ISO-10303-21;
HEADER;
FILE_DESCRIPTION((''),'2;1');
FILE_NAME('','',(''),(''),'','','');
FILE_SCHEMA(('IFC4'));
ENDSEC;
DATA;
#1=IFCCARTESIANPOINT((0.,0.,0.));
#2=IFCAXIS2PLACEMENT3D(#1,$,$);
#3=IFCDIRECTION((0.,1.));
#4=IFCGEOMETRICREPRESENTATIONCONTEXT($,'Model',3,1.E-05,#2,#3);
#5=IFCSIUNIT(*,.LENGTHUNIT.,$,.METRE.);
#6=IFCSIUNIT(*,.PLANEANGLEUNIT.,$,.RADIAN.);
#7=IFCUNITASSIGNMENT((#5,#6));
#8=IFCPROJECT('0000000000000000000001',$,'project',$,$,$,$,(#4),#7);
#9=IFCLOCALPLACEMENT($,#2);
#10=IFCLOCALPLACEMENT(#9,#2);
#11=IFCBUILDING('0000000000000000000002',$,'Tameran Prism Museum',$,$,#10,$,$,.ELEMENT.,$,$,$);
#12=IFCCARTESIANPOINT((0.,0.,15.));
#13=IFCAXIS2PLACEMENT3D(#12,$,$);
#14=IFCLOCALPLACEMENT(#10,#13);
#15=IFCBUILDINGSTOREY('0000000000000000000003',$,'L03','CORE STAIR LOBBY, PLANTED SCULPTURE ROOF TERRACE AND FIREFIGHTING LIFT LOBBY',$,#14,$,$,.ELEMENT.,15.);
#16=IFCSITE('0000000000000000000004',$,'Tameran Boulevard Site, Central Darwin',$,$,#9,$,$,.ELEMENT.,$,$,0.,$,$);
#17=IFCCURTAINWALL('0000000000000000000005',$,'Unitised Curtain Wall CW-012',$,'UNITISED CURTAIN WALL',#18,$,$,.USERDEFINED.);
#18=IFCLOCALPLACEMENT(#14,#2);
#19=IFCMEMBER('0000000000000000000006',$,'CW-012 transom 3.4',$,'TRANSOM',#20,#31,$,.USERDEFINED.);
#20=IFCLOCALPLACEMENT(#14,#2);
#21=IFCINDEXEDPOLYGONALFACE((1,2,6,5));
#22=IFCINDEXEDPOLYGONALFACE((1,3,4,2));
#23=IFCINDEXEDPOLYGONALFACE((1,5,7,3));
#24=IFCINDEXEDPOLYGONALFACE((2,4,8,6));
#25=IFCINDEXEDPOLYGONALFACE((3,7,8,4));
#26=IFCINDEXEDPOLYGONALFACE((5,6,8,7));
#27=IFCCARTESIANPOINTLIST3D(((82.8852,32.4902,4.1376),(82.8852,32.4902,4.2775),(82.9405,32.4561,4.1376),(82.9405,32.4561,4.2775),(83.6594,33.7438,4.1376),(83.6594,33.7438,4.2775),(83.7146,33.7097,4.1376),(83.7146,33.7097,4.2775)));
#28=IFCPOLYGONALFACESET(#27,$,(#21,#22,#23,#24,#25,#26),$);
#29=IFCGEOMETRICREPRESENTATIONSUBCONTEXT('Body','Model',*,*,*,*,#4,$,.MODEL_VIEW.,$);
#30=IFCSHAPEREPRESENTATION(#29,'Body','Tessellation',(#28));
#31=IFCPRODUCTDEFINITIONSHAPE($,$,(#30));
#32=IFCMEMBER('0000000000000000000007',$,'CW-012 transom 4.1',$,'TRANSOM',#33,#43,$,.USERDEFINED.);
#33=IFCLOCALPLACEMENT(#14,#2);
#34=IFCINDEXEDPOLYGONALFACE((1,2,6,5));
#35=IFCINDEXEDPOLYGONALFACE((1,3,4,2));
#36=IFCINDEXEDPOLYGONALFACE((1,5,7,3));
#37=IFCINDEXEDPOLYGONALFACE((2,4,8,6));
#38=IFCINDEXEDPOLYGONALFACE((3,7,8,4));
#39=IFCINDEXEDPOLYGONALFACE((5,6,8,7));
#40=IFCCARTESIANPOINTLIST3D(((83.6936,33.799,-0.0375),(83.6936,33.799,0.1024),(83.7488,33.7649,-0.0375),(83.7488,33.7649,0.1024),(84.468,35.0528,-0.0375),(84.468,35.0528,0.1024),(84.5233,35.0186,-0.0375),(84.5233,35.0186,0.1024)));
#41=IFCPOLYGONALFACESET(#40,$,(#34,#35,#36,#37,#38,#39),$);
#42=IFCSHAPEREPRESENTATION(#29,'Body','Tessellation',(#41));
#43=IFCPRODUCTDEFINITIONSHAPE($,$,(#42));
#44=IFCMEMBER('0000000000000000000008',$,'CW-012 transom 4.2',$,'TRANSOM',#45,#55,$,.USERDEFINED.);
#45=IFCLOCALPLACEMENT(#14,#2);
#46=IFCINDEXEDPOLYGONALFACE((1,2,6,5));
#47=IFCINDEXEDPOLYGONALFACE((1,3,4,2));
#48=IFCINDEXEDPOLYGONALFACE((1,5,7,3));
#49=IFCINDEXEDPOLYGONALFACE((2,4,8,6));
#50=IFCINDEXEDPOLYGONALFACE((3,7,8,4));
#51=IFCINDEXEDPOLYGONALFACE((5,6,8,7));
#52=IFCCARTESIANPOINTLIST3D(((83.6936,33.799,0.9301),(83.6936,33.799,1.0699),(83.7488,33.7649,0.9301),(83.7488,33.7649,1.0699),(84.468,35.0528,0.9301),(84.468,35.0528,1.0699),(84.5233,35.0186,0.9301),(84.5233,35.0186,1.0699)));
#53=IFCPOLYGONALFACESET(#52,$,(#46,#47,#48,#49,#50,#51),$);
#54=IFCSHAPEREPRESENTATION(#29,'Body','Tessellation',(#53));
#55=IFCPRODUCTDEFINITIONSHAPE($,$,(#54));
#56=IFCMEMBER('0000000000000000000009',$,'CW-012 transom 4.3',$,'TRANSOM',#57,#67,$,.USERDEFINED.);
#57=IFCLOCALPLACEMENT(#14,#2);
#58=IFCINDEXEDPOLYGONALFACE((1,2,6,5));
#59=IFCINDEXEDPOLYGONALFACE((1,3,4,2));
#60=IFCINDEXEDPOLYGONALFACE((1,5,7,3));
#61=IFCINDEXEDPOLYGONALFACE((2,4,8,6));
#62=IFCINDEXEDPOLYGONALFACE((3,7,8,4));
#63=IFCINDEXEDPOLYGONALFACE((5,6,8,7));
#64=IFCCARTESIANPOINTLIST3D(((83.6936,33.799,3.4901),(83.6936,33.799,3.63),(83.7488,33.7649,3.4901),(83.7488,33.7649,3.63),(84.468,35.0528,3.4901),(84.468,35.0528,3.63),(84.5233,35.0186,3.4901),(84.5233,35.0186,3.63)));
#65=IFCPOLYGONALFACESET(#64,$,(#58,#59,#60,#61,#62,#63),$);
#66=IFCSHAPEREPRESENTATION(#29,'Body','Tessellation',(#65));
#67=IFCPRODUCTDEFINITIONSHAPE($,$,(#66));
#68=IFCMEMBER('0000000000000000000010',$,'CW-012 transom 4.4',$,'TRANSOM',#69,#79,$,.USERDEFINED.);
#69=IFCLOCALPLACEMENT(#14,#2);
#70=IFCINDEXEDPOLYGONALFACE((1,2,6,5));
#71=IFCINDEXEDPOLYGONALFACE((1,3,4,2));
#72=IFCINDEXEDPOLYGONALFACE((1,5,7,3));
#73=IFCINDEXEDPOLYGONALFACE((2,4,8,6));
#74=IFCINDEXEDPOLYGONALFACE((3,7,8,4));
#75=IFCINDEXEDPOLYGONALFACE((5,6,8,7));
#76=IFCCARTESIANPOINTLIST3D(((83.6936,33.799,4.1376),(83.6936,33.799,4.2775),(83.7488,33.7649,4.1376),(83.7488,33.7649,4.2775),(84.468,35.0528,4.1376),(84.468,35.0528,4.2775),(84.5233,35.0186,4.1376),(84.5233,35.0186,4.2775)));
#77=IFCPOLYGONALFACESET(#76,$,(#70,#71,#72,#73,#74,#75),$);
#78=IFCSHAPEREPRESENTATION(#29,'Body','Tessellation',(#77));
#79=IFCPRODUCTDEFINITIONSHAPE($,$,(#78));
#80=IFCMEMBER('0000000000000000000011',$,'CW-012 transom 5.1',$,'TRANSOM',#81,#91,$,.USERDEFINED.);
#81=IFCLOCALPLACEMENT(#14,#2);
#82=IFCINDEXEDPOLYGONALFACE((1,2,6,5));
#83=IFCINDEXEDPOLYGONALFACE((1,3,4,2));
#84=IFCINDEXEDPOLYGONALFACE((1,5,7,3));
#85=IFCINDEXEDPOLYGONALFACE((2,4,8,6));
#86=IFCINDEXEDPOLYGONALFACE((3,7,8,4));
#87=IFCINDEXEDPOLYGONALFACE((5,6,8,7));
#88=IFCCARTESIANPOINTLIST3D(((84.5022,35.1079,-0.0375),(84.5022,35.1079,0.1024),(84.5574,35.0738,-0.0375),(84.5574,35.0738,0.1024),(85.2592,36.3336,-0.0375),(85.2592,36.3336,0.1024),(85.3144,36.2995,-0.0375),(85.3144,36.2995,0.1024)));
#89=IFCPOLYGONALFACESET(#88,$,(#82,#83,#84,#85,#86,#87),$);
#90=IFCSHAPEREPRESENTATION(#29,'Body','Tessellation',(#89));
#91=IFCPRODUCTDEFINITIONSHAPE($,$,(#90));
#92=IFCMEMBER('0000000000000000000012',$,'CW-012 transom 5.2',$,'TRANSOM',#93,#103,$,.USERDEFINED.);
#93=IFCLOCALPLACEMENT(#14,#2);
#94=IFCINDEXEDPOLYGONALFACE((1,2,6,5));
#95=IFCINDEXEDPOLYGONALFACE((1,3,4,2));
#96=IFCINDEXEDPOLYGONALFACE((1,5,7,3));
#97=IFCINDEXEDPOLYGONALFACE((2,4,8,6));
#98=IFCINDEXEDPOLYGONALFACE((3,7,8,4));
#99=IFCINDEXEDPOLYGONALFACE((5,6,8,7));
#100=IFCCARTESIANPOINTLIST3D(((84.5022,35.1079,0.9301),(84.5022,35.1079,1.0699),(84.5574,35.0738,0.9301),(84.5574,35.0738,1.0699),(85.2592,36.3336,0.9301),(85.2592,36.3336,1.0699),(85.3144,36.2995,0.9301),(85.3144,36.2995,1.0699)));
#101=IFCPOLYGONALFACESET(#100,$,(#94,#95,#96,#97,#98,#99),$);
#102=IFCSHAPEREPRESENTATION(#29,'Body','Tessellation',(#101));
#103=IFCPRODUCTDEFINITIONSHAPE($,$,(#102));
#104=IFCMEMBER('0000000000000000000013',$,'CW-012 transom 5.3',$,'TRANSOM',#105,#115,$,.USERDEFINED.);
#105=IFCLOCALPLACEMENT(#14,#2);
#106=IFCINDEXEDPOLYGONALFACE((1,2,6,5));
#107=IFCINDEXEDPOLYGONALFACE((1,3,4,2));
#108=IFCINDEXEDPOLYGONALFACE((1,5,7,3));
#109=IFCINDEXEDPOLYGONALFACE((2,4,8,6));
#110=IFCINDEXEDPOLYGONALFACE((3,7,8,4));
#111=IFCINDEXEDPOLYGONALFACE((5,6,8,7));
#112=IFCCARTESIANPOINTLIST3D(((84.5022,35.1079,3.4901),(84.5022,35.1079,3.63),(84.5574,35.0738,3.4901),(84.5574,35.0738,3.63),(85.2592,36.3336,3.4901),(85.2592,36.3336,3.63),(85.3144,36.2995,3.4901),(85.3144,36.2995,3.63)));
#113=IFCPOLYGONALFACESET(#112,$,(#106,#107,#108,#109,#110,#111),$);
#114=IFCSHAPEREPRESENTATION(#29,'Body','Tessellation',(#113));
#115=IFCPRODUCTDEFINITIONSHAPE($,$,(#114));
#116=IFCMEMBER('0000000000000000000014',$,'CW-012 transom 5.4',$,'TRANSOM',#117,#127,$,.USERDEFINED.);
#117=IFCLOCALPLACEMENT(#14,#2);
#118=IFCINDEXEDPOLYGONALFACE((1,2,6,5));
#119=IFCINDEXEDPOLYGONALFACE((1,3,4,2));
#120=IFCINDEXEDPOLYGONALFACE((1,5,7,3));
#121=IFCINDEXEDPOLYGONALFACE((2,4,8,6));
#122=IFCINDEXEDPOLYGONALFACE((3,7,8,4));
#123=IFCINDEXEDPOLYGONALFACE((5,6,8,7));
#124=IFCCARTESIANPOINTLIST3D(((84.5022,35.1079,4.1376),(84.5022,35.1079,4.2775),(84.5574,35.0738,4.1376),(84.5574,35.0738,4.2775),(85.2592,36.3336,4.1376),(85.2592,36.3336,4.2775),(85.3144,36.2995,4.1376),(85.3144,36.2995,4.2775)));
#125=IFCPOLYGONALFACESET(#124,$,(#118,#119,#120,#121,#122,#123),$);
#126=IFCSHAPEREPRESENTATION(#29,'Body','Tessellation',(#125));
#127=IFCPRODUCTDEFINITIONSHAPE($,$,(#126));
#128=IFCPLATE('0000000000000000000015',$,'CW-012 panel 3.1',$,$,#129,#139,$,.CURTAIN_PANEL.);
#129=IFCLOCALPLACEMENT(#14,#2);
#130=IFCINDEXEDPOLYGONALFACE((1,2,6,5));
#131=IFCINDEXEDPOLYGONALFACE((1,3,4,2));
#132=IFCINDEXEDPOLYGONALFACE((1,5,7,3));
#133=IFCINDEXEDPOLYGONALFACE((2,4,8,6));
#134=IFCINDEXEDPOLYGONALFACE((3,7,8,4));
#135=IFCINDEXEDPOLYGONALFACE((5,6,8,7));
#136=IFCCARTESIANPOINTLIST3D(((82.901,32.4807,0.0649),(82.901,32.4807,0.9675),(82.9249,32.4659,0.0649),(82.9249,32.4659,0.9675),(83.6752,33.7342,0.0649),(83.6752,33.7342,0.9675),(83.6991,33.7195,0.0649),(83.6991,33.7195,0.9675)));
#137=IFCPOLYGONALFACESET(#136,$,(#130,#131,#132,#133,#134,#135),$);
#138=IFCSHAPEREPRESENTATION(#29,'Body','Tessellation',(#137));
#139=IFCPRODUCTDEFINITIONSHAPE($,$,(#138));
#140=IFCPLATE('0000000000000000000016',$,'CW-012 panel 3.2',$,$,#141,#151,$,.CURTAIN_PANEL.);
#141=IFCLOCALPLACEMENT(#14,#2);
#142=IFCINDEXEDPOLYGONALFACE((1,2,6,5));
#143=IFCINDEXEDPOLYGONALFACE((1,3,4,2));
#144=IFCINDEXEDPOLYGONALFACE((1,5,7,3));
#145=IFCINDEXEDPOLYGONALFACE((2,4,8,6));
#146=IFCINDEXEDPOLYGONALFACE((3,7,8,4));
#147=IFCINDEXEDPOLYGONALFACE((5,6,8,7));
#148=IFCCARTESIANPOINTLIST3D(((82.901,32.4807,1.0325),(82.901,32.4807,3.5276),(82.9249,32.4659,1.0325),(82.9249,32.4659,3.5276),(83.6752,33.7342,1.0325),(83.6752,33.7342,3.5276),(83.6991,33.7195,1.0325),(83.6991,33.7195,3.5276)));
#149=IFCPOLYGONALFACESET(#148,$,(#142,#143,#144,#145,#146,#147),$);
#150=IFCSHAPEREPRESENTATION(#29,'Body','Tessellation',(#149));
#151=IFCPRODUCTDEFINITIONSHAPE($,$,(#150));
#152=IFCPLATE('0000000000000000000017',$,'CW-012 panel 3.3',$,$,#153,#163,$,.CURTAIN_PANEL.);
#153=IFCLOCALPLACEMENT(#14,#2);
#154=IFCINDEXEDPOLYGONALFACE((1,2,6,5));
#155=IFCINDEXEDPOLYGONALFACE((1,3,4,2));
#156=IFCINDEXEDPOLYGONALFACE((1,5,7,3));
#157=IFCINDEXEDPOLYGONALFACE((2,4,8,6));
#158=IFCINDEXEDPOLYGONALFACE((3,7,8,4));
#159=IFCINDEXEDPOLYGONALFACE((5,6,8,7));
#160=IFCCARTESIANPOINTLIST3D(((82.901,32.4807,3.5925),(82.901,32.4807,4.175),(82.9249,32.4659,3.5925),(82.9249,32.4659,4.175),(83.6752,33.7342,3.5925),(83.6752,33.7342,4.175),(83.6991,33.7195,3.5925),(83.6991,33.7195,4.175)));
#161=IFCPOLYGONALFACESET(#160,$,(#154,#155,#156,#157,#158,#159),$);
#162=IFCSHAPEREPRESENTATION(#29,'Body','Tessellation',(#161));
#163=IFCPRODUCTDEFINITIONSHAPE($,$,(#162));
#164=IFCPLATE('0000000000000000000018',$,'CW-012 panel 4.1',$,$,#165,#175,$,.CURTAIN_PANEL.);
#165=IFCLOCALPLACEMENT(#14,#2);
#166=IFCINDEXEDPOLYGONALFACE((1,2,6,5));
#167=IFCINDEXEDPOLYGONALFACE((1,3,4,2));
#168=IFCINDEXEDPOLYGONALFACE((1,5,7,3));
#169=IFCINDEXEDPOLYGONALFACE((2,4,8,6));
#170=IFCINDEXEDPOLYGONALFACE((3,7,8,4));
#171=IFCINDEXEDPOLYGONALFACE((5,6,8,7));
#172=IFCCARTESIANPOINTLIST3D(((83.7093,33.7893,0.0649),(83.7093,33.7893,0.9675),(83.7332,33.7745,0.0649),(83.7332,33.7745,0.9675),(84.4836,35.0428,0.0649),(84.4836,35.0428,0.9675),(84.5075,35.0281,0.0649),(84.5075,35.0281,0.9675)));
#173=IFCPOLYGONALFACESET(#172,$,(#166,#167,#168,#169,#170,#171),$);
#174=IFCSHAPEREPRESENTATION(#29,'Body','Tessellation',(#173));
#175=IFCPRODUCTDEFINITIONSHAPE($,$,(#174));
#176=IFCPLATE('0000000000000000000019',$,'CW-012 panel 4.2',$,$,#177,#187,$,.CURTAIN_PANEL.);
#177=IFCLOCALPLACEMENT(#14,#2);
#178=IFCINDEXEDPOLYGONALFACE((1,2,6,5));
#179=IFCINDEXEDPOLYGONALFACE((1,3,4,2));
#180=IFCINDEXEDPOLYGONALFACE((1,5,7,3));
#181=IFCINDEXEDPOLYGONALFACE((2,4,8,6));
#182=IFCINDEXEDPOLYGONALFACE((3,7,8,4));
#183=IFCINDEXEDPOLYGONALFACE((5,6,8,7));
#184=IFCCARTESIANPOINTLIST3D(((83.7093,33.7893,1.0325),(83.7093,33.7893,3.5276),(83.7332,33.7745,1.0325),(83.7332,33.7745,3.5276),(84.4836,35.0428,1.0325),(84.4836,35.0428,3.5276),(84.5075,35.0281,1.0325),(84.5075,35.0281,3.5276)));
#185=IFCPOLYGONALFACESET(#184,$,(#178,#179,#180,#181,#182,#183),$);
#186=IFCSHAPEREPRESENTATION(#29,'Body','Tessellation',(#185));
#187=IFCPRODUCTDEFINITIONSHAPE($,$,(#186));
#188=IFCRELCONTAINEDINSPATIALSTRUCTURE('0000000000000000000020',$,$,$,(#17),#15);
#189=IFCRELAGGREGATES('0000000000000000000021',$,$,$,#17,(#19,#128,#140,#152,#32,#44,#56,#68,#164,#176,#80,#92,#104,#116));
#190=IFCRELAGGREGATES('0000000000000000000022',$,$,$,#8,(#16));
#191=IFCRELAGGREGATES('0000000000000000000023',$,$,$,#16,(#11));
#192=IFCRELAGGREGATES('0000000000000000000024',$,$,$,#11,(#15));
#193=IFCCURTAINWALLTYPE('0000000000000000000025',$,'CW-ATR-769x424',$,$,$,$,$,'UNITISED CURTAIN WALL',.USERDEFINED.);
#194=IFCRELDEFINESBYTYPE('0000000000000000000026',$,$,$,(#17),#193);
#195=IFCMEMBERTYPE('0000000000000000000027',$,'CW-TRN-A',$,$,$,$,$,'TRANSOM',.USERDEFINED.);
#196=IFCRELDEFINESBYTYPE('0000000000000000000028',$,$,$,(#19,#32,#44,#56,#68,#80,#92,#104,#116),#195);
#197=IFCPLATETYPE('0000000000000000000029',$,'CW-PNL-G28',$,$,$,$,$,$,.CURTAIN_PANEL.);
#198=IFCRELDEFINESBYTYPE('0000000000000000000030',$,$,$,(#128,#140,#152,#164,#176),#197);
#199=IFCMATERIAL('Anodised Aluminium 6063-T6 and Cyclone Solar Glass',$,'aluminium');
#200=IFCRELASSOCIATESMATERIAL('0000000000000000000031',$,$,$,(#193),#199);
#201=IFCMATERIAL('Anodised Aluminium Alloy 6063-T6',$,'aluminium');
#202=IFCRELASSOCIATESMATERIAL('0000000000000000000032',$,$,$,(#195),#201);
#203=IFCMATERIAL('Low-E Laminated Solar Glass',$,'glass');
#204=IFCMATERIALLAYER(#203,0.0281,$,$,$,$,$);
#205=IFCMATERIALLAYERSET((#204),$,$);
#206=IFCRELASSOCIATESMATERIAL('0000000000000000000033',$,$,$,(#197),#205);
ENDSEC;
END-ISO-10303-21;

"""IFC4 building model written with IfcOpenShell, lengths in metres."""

from ifc_helpers import new_model, si_unit, direction, frame, origin, origin_2d, place, context, subcontext, project, spatial, rectangle, extrude, material, layer, layer_set, material_profile, profile_set, type_object, element, aggregate, save


model = new_model("IFC4")

# Units and contexts
model_context = context("Model", 3, precision=1e-05, world=origin(), true_north=direction((0.0, 1.0)))
body_context = subcontext(model_context, "Body", "Model", "MODEL_VIEW")
ifc_project = project(units=[si_unit("LENGTHUNIT", "METRE"), si_unit("PLANEANGLEUNIT", "RADIAN")], contexts=[model_context])

# Site, building, storey
site_placement = place(None, origin())
site = spatial("IfcSite", under=ifc_project, at=site_placement, Name="Tameran Boulevard Site, Central Darwin", CompositionType="ELEMENT", RefElevation=0.0)
building_placement = place(site_placement, origin())
building = spatial("IfcBuilding", under=site, at=building_placement, Name="Tameran Prism Museum", CompositionType="ELEMENT")
storey_placement = place(building_placement, frame((0.0, 0.0, 15.0)))
storey = spatial("IfcBuildingStorey", under=building, at=storey_placement, Name="L03", Description="CORE STAIR LOBBY, PLANTED SCULPTURE ROOF TERRACE AND FIREFIGHTING LIFT LOBBY", CompositionType="ELEMENT", Elevation=15.0)

# Curtain wall, members, plates
ifc_material_1 = material(Name="Anodised Aluminium 6063-T6 and Cyclone Solar Glass", Category="aluminium")
curtain_wall_type = type_object("IfcCurtainWallType", Name="CW-ATR-769x424", ElementType="UNITISED CURTAIN WALL", PredefinedType="USERDEFINED", material=ifc_material_1)
curtain_wall_placement = place(storey_placement, origin())
curtain_wall = element("IfcCurtainWall", 1, at=curtain_wall_placement, inside=storey, type_object=curtain_wall_type, Name="Unitised Curtain Wall CW-012", ObjectType="UNITISED CURTAIN WALL", PredefinedType="USERDEFINED")
ifc_material_2 = material(Name="Anodised Aluminium Alloy 6063-T6", Category="aluminium")
ifc_material_profile_1 = material_profile(ifc_material_2, rectangle(XDim=0.0649, YDim=0.1399, at=origin_2d()))
ifc_profile_set_1 = profile_set([ifc_material_profile_1])
member_type_1 = type_object("IfcMemberType", Name="CW-TRN-A", ElementType="TRANSOM", PredefinedType="USERDEFINED", material=ifc_profile_set_1)
member_1_placement = place(storey_placement, frame((82.9128, 32.4731, 4.2075), z_axis=(0.525419, 0.850844, 0.0), x_axis=(-0.850844, 0.525419, 0.0)))
member_1 = element("IfcMember", 2, at=member_1_placement, type_object=member_type_1, Name="CW-012 transom 3.4", ObjectType="TRANSOM", PredefinedType="USERDEFINED", context=body_context, shape_type="SweptSolid", body=[
    extrude(rectangle(XDim=0.0649, YDim=0.1399, at=origin_2d()), origin(), (0.0, 0.0, 1.0), 1.4734),
])
member_2_placement = place(storey_placement, frame((83.7212, 33.782, 0.0325), z_axis=(0.525539, 0.85077, 0.0), x_axis=(-0.85077, 0.525539, 0.0)))
member_2 = element("IfcMember", 3, at=member_2_placement, type_object=member_type_1, Name="CW-012 transom 4.1", ObjectType="TRANSOM", PredefinedType="USERDEFINED", context=body_context, shape_type="SweptSolid", body=[
    extrude(rectangle(XDim=0.0649, YDim=0.1399, at=origin_2d()), origin(), (0.0, 0.0, 1.0), 1.4736),
])
member_3_placement = place(storey_placement, frame((83.7212, 33.782, 1.0), z_axis=(0.525539, 0.85077, 0.0), x_axis=(-0.85077, 0.525539, 0.0)))
member_3 = element("IfcMember", 4, at=member_3_placement, type_object=member_type_1, Name="CW-012 transom 4.2", ObjectType="TRANSOM", PredefinedType="USERDEFINED", context=body_context, shape_type="SweptSolid", body=[
    extrude(rectangle(XDim=0.0649, YDim=0.1399, at=origin_2d()), origin(), (0.0, 0.0, 1.0), 1.4736),
])
member_4_placement = place(storey_placement, frame((83.7212, 33.782, 3.5601), z_axis=(0.525539, 0.85077, 0.0), x_axis=(-0.85077, 0.525539, 0.0)))
member_4 = element("IfcMember", 5, at=member_4_placement, type_object=member_type_1, Name="CW-012 transom 4.3", ObjectType="TRANSOM", PredefinedType="USERDEFINED", context=body_context, shape_type="SweptSolid", body=[
    extrude(rectangle(XDim=0.0649, YDim=0.1399, at=origin_2d()), origin(), (0.0, 0.0, 1.0), 1.4736),
])
member_5_placement = place(storey_placement, frame((83.7212, 33.782, 4.2075), z_axis=(0.525539, 0.85077, 0.0), x_axis=(-0.85077, 0.525539, 0.0)))
member_5 = element("IfcMember", 6, at=member_5_placement, type_object=member_type_1, Name="CW-012 transom 4.4", ObjectType="TRANSOM", PredefinedType="USERDEFINED", context=body_context, shape_type="SweptSolid", body=[
    extrude(rectangle(XDim=0.0649, YDim=0.1399, at=origin_2d()), origin(), (0.0, 0.0, 1.0), 1.4736),
])
member_6_placement = place(storey_placement, frame((84.5298, 35.0908, 0.0325), z_axis=(0.525468, 0.850814, 0.0), x_axis=(-0.850814, 0.525468, 0.0)))
member_6 = element("IfcMember", 7, at=member_6_placement, type_object=member_type_1, Name="CW-012 transom 5.1", ObjectType="TRANSOM", PredefinedType="USERDEFINED", context=body_context, shape_type="SweptSolid", body=[
    extrude(rectangle(XDim=0.0649, YDim=0.1399, at=origin_2d()), origin(), (0.0, 0.0, 1.0), 1.4407),
])
member_7_placement = place(storey_placement, frame((84.5298, 35.0908, 1.0), z_axis=(0.525468, 0.850814, 0.0), x_axis=(-0.850814, 0.525468, 0.0)))
member_7 = element("IfcMember", 8, at=member_7_placement, type_object=member_type_1, Name="CW-012 transom 5.2", ObjectType="TRANSOM", PredefinedType="USERDEFINED", context=body_context, shape_type="SweptSolid", body=[
    extrude(rectangle(XDim=0.0649, YDim=0.1399, at=origin_2d()), origin(), (0.0, 0.0, 1.0), 1.4407),
])
member_8_placement = place(storey_placement, frame((84.5298, 35.0908, 3.5601), z_axis=(0.525468, 0.850814, 0.0), x_axis=(-0.850814, 0.525468, 0.0)))
member_8 = element("IfcMember", 9, at=member_8_placement, type_object=member_type_1, Name="CW-012 transom 5.3", ObjectType="TRANSOM", PredefinedType="USERDEFINED", context=body_context, shape_type="SweptSolid", body=[
    extrude(rectangle(XDim=0.0649, YDim=0.1399, at=origin_2d()), origin(), (0.0, 0.0, 1.0), 1.4407),
])
member_9_placement = place(storey_placement, frame((84.5298, 35.0908, 4.2075), z_axis=(0.525468, 0.850814, 0.0), x_axis=(-0.850814, 0.525468, 0.0)))
member_9 = element("IfcMember", 10, at=member_9_placement, type_object=member_type_1, Name="CW-012 transom 5.4", ObjectType="TRANSOM", PredefinedType="USERDEFINED", context=body_context, shape_type="SweptSolid", body=[
    extrude(rectangle(XDim=0.0649, YDim=0.1399, at=origin_2d()), origin(), (0.0, 0.0, 1.0), 1.4407),
])
ifc_material_3 = material(Name="Low-E Laminated Solar Glass", Category="glass")
ifc_layer_1 = layer(ifc_material_3, 0.0281)
ifc_layer_set_1 = layer_set([ifc_layer_1])
plate_type = type_object("IfcPlateType", Name="CW-PNL-G28", PredefinedType="CURTAIN_PANEL", material=ifc_layer_set_1)
plate_1_placement = place(storey_placement, frame((83.3, 33.1001, 0.0649), z_axis=(0.0, 0.0, 1.0), x_axis=(0.525504, 0.850791, 0.0)))
plate_1 = element("IfcPlate", 11, at=plate_1_placement, type_object=plate_type, Name="CW-012 panel 3.1", PredefinedType="CURTAIN_PANEL", context=body_context, shape_type="SweptSolid", body=[
    extrude(rectangle(XDim=1.4734, YDim=0.0281, at=origin_2d()), origin(), (0.0, 0.0, 1.0), 0.9026),
])
plate_2_placement = place(storey_placement, frame((83.3, 33.1001, 1.0325), z_axis=(0.0, 0.0, 1.0), x_axis=(0.525504, 0.850791, 0.0)))
plate_2 = element("IfcPlate", 12, at=plate_2_placement, type_object=plate_type, Name="CW-012 panel 3.2", PredefinedType="CURTAIN_PANEL", context=body_context, shape_type="SweptSolid", body=[
    extrude(rectangle(XDim=1.4734, YDim=0.0281, at=origin_2d()), origin(), (0.0, 0.0, 1.0), 2.4951),
])
plate_3_placement = place(storey_placement, frame((83.3, 33.1001, 3.5925), z_axis=(0.0, 0.0, 1.0), x_axis=(0.525504, 0.850791, 0.0)))
plate_3 = element("IfcPlate", 13, at=plate_3_placement, type_object=plate_type, Name="CW-012 panel 3.3", PredefinedType="CURTAIN_PANEL", context=body_context, shape_type="SweptSolid", body=[
    extrude(rectangle(XDim=1.4734, YDim=0.0281, at=origin_2d()), origin(), (0.0, 0.0, 1.0), 0.5825),
])
plate_4_placement = place(storey_placement, frame((84.1084, 34.4087, 0.0649), z_axis=(0.0, 0.0, 1.0), x_axis=(0.525504, 0.850791, 0.0)))
plate_4 = element("IfcPlate", 14, at=plate_4_placement, type_object=plate_type, Name="CW-012 panel 4.1", PredefinedType="CURTAIN_PANEL", context=body_context, shape_type="SweptSolid", body=[
    extrude(rectangle(XDim=1.4734, YDim=0.0281, at=origin_2d()), origin(), (0.0, 0.0, 1.0), 0.9026),
])
plate_5_placement = place(storey_placement, frame((84.1084, 34.4087, 1.0325), z_axis=(0.0, 0.0, 1.0), x_axis=(0.525504, 0.850791, 0.0)))
plate_5 = element("IfcPlate", 15, at=plate_5_placement, type_object=plate_type, Name="CW-012 panel 4.2", PredefinedType="CURTAIN_PANEL", context=body_context, shape_type="SweptSolid", body=[
    extrude(rectangle(XDim=1.4734, YDim=0.0281, at=origin_2d()), origin(), (0.0, 0.0, 1.0), 2.4951),
])
aggregate(curtain_wall, [member_1, plate_1, plate_2, plate_3, member_2, member_3, member_4, member_5, plate_4, plate_5, member_6, member_7, member_8, member_9])

save(model, "model.ifc")
